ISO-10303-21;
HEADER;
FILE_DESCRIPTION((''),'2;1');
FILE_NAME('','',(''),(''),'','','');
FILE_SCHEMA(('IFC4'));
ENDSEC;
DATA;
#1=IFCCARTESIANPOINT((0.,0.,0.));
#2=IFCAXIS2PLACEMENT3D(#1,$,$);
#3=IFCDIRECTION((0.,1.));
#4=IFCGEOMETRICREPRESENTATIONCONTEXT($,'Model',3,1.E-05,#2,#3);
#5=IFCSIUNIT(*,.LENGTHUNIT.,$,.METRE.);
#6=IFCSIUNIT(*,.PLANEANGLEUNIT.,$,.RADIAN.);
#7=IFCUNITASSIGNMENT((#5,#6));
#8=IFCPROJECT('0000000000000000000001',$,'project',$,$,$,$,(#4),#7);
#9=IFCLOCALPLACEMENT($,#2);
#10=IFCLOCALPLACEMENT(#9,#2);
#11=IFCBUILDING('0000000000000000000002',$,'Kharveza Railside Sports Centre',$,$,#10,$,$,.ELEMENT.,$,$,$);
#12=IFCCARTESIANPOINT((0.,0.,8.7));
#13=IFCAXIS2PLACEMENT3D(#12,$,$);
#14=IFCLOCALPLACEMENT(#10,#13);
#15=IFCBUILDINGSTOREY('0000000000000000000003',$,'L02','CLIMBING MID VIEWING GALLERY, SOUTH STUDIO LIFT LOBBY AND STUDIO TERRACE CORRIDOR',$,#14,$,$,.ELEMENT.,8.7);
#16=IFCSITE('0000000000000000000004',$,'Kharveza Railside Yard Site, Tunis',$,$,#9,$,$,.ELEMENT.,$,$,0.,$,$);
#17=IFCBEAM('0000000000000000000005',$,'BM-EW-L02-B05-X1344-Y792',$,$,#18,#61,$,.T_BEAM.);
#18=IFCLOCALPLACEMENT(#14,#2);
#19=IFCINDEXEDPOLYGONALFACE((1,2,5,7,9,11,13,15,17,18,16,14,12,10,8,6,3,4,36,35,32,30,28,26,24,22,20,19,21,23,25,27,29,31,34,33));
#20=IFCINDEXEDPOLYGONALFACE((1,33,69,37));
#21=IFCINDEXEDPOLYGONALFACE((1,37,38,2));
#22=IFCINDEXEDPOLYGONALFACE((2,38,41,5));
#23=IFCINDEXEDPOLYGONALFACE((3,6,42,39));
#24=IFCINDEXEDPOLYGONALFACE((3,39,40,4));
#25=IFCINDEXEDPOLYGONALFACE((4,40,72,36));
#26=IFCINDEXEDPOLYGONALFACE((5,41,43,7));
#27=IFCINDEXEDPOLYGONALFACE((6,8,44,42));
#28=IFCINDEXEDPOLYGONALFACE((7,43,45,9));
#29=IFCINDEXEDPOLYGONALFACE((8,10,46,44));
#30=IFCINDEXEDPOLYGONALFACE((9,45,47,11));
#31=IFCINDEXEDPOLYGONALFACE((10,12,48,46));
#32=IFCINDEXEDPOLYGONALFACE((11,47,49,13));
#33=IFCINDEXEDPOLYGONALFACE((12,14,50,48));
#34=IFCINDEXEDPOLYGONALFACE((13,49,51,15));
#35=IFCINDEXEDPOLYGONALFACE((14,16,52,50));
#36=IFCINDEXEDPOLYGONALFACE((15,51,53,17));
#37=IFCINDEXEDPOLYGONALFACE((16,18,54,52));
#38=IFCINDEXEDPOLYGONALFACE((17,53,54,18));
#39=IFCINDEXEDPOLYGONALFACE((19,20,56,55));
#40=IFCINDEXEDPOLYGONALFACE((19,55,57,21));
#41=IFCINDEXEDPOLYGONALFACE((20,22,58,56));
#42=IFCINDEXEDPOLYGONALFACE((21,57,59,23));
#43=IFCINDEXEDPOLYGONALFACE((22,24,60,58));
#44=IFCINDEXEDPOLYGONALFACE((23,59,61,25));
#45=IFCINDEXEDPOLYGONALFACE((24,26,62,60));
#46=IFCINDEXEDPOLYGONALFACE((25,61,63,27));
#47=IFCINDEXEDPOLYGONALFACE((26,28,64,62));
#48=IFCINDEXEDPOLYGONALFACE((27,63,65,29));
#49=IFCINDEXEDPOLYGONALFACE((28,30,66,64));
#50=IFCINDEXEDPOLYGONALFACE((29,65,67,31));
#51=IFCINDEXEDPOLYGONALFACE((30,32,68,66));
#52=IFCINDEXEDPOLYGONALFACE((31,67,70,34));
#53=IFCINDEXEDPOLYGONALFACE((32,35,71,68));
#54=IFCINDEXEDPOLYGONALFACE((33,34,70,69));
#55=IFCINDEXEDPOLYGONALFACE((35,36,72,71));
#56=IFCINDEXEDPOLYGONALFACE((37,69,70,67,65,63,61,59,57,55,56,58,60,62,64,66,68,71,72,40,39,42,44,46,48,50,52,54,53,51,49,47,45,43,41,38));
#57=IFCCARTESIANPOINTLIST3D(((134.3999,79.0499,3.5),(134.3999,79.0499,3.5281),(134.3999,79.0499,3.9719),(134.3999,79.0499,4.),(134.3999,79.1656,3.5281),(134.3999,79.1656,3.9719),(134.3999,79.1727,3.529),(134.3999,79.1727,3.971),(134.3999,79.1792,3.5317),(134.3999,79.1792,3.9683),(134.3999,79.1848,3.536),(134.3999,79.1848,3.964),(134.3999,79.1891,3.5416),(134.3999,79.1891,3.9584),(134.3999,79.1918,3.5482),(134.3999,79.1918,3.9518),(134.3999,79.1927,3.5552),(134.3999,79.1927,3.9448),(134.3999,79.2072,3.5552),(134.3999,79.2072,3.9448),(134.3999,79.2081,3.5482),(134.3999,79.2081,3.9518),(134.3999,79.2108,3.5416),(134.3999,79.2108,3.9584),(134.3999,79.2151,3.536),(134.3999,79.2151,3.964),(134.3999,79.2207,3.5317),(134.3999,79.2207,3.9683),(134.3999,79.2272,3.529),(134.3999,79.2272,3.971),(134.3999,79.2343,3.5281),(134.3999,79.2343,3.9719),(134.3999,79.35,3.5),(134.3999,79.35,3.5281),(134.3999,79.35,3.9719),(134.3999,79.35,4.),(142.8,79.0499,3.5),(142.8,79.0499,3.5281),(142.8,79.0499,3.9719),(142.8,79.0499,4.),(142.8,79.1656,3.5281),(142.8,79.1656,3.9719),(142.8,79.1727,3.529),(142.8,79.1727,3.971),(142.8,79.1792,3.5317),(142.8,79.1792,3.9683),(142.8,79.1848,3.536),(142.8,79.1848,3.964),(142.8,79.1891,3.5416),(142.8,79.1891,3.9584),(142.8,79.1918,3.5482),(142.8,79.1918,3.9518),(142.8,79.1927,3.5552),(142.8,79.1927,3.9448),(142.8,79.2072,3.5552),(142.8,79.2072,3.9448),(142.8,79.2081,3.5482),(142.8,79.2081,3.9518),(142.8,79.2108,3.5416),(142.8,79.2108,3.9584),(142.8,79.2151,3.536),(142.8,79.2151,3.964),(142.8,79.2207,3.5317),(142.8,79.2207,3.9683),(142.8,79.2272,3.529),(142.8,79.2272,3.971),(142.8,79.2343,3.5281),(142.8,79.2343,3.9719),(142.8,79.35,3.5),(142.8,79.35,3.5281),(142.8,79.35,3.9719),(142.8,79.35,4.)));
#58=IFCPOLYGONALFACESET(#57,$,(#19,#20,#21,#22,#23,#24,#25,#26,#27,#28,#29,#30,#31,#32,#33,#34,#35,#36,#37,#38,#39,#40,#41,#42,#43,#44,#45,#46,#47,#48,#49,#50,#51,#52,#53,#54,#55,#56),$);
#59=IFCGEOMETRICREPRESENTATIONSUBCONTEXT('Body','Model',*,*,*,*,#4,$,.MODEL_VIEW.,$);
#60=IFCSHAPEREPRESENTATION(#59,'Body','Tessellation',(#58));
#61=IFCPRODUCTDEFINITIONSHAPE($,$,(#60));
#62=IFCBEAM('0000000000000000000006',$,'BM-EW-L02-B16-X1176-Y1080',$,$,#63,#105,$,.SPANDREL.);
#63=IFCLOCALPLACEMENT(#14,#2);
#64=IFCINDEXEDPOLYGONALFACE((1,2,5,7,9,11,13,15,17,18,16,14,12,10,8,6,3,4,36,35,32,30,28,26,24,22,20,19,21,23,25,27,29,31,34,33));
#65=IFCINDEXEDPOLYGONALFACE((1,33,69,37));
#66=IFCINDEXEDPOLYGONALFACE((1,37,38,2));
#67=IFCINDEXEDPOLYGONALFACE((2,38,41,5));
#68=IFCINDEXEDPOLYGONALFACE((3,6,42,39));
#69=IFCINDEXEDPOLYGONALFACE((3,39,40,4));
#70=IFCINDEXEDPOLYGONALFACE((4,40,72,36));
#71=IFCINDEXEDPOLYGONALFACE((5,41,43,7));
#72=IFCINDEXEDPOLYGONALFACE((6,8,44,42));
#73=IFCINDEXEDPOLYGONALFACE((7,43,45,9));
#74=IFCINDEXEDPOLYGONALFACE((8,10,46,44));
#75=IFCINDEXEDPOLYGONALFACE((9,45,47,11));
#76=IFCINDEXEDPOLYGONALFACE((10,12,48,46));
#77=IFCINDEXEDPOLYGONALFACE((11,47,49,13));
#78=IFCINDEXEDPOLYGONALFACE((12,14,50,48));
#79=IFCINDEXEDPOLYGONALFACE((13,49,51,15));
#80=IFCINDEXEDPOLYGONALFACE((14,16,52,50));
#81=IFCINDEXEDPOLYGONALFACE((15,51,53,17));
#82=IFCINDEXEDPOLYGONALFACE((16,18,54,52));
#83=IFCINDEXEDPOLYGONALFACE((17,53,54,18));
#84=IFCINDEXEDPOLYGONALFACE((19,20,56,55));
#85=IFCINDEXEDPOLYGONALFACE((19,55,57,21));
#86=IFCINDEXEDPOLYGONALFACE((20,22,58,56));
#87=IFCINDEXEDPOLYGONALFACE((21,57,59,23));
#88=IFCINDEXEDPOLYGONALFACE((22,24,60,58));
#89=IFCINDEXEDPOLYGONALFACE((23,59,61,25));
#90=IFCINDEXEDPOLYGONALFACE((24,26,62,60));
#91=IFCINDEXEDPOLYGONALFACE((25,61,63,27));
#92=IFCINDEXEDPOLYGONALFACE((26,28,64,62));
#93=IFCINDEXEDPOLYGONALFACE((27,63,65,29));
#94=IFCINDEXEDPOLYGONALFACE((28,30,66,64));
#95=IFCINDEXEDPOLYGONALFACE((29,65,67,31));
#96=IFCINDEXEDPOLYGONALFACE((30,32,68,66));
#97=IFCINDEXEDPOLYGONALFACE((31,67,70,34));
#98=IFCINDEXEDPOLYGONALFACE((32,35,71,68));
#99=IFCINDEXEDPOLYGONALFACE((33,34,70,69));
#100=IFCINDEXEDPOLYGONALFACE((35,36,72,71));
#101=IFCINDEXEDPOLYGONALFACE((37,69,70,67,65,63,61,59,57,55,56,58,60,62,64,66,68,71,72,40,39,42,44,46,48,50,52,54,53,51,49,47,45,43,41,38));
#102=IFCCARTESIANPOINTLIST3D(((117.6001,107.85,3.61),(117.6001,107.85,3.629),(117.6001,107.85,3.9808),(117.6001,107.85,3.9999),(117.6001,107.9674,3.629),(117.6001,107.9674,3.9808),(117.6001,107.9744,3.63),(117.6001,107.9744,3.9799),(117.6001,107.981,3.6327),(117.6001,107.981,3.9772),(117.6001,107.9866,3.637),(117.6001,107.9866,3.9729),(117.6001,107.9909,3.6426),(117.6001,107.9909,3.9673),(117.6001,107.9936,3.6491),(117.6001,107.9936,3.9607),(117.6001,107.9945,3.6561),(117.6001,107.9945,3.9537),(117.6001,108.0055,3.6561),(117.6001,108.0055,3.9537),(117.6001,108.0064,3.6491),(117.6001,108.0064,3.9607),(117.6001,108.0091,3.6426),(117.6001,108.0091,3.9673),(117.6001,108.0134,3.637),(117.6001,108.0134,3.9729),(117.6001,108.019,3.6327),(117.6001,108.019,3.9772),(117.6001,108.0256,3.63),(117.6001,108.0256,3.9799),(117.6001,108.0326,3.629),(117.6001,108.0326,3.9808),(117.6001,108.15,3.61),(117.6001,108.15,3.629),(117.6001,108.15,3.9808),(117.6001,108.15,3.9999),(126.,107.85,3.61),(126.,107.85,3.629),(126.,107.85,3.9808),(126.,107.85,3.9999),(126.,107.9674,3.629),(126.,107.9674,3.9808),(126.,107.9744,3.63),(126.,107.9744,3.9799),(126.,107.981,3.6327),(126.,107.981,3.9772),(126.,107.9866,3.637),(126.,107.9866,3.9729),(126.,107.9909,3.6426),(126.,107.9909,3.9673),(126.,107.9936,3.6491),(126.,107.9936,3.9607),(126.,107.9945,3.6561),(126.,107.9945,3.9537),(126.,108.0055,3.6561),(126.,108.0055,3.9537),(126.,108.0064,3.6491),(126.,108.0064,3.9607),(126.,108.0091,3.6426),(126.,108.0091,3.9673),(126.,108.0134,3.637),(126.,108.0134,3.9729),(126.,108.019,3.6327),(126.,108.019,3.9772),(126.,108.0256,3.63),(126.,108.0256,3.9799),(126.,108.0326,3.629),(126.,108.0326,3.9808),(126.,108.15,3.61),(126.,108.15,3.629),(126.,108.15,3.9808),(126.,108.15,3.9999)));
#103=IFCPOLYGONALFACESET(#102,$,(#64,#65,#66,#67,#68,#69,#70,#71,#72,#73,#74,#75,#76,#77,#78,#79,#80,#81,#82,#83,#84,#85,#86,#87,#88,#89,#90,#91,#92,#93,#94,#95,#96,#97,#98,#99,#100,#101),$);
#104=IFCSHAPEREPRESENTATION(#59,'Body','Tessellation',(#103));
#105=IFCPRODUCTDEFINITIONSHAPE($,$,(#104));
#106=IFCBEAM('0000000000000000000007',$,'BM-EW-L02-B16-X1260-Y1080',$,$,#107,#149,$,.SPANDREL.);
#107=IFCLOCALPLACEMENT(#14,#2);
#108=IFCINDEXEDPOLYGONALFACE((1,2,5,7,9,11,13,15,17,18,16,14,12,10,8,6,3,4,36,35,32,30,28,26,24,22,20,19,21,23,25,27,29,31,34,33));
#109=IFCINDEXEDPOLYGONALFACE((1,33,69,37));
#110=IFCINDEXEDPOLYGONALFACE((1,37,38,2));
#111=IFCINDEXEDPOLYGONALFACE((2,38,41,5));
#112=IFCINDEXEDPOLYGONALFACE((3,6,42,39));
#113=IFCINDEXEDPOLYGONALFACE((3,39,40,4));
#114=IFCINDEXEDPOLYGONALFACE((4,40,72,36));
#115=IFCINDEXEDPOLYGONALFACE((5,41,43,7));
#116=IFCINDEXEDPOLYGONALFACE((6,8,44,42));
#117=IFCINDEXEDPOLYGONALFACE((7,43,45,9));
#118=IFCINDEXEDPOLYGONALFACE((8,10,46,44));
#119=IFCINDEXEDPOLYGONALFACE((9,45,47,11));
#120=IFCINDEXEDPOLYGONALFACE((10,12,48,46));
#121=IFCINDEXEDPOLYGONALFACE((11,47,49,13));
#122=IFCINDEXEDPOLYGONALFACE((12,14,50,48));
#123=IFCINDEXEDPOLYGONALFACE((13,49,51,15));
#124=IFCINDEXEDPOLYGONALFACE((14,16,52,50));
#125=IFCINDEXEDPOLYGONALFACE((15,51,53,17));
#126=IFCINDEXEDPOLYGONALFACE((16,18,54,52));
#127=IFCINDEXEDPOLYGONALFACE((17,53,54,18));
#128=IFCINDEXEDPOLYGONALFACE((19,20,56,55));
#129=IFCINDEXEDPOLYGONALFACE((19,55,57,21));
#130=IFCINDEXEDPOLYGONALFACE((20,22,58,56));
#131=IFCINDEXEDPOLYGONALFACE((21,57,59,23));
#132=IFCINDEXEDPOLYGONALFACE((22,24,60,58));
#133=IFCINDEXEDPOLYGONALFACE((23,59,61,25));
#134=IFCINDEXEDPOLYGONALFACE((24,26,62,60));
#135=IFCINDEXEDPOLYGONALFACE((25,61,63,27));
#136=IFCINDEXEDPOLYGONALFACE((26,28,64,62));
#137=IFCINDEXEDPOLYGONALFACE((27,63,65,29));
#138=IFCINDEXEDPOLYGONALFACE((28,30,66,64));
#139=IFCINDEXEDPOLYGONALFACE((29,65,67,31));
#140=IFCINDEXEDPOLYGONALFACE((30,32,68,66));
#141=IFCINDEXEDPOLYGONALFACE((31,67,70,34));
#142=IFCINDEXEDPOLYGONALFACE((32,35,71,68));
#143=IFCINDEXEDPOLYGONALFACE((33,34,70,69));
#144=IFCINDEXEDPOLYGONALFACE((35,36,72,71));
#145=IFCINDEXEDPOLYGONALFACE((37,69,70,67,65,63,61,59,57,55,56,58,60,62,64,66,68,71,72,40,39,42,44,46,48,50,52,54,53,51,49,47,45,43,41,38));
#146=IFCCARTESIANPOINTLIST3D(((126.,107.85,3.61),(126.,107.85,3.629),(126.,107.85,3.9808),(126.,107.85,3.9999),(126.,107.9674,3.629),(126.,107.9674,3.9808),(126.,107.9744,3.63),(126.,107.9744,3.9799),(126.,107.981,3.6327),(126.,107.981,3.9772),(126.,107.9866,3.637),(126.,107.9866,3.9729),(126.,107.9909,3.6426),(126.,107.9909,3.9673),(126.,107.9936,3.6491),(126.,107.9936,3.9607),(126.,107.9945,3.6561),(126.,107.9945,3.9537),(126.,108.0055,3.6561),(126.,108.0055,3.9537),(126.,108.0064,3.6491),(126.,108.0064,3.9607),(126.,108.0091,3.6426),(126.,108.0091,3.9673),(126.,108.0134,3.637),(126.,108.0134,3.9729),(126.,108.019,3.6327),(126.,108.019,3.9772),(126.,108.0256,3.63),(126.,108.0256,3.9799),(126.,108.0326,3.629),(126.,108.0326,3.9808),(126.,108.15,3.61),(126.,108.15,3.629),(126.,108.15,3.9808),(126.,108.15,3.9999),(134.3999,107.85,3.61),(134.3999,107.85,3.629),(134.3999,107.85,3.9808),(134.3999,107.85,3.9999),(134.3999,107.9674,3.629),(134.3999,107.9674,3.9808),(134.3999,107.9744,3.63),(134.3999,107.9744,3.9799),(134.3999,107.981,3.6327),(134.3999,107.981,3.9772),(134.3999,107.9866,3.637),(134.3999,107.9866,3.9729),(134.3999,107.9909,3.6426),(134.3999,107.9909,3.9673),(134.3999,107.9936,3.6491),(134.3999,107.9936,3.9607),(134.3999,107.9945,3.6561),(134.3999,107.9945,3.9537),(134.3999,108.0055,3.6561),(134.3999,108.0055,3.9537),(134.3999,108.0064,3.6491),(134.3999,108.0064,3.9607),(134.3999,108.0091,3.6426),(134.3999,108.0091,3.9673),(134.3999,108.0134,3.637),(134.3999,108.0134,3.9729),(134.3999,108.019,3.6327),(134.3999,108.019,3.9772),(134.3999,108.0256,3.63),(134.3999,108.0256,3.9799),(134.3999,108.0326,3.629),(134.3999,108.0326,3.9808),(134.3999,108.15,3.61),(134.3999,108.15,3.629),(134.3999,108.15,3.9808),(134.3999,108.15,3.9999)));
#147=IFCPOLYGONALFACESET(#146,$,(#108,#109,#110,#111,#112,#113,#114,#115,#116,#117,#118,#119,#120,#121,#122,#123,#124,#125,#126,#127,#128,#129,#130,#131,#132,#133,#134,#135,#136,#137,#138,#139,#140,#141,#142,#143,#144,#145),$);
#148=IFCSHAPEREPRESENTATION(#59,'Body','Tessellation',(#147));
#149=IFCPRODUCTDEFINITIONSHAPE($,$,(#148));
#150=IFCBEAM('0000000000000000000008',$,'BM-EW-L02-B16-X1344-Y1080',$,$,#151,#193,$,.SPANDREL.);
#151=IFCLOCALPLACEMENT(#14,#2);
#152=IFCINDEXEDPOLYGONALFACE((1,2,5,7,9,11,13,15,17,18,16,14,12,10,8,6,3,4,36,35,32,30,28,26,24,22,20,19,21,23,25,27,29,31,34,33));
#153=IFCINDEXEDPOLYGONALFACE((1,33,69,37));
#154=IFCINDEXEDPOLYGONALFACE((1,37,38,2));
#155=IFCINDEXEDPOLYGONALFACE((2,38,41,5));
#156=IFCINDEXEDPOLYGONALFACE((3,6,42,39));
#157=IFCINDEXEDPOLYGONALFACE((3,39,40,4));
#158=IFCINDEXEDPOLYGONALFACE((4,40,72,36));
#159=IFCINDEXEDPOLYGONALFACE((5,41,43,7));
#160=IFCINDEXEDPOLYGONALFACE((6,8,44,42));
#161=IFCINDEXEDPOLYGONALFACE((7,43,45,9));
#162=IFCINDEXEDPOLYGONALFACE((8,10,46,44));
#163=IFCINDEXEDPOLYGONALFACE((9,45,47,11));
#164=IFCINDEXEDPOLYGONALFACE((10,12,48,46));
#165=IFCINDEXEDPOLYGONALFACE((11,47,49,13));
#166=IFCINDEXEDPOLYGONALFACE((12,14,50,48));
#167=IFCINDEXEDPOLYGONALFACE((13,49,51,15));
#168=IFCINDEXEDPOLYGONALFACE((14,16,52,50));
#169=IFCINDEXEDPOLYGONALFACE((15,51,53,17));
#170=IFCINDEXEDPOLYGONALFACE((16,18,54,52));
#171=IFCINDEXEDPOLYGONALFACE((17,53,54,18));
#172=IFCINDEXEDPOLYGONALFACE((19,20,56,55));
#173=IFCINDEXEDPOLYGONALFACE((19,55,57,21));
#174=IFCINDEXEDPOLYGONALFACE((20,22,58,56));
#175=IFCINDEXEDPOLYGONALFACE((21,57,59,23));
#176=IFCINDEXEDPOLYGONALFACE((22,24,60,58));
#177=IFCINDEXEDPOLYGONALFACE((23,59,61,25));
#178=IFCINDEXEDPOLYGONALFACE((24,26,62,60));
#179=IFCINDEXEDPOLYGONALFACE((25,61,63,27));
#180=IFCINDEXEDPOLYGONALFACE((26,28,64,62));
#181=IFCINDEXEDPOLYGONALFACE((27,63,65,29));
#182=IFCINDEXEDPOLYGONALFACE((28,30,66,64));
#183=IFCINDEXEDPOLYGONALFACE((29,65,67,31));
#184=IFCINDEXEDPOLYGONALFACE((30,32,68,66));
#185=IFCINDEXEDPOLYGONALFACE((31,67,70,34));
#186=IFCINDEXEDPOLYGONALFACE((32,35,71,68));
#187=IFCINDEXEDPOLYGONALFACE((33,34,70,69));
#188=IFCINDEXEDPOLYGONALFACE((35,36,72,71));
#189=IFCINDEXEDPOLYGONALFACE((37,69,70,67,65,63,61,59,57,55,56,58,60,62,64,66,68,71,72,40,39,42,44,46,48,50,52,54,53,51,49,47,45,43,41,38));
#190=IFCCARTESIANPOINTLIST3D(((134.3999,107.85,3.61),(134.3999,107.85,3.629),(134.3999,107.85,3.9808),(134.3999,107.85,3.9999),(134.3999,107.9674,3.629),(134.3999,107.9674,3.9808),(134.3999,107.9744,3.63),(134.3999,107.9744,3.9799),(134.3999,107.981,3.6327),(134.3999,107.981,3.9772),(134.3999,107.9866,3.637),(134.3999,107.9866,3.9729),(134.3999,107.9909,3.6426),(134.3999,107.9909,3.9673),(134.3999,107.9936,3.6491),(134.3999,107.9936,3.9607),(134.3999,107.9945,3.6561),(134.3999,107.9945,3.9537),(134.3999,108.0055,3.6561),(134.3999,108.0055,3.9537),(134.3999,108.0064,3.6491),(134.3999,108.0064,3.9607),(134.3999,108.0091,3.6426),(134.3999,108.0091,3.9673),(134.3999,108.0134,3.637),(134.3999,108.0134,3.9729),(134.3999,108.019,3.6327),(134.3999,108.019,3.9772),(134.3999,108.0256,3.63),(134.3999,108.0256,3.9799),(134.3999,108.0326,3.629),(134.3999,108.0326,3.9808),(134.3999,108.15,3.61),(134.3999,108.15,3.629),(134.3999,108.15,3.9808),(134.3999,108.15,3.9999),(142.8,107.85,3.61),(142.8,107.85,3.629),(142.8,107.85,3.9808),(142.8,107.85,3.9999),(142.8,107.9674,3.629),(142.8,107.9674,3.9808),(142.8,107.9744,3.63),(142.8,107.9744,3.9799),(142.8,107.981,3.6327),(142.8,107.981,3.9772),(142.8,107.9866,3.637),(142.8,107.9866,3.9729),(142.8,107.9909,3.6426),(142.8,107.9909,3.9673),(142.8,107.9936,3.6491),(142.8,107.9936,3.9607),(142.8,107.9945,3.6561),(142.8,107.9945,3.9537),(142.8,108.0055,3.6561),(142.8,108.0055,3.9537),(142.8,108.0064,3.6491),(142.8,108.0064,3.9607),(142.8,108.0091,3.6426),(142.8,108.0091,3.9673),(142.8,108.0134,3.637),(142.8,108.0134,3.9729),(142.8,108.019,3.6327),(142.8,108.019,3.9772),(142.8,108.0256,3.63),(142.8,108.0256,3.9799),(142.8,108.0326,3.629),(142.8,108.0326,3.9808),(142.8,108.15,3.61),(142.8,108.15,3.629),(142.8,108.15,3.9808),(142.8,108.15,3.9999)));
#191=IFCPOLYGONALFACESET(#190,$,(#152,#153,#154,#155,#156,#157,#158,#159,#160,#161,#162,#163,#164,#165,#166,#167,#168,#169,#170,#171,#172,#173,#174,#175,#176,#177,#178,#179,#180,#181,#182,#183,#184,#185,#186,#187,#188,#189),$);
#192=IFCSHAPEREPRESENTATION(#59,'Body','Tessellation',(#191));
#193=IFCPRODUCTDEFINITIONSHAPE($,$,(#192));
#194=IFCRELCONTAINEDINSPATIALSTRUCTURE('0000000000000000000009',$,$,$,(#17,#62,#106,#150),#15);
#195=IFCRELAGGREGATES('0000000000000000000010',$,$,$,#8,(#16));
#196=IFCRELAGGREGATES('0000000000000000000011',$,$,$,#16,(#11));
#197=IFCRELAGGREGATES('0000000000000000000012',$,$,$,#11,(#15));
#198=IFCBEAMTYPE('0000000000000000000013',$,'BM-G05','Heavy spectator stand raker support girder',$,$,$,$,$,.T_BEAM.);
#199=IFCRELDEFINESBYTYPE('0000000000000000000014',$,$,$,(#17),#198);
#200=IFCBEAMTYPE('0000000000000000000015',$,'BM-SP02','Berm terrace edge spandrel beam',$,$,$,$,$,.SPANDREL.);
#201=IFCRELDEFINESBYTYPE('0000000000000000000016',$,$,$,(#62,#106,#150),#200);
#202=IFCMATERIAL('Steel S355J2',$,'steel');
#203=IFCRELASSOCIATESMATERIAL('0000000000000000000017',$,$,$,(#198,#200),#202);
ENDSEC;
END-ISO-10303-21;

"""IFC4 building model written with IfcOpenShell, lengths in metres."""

from ifc_helpers import new_model, si_unit, direction, frame, origin, origin_2d, place, context, subcontext, project, spatial, i_section, extrude, material, material_profile, profile_set, type_object, element, save


model = new_model("IFC4")

# Units and contexts
model_context = context("Model", 3, precision=1e-05, world=origin(), true_north=direction((0.0, 1.0)))
body_context = subcontext(model_context, "Body", "Model", "MODEL_VIEW")
ifc_project = project(units=[si_unit("LENGTHUNIT", "METRE"), si_unit("PLANEANGLEUNIT", "RADIAN")], contexts=[model_context])

# Site, building, storey
site_placement = place(None, origin())
site = spatial("IfcSite", under=ifc_project, at=site_placement, Name="Kharveza Railside Yard Site, Tunis", CompositionType="ELEMENT", RefElevation=0.0)
building_placement = place(site_placement, origin())
building = spatial("IfcBuilding", under=site, at=building_placement, Name="Kharveza Railside Sports Centre", CompositionType="ELEMENT")
storey_placement = place(building_placement, frame((0.0, 0.0, 8.7)))
storey = spatial("IfcBuildingStorey", under=building, at=storey_placement, Name="L02", Description="CLIMBING MID VIEWING GALLERY, SOUTH STUDIO LIFT LOBBY AND STUDIO TERRACE CORRIDOR", CompositionType="ELEMENT", Elevation=8.7)

# Shared definitions
ifc_material_1 = material(Name="Steel S355J2", Category="steel")

# Beams
ifc_material_profile_1 = material_profile(ifc_material_1, i_section(OverallWidth=0.3, OverallDepth=0.5, WebThickness=0.0144, FlangeThickness=0.0281, FilletRadius=0.0271, at=origin_2d()), Name="HEB 500")
ifc_profile_set_1 = profile_set([ifc_material_profile_1], Name="Steel S355J2")
beam_type_1 = type_object("IfcBeamType", Name="BM-G05", Description="Heavy spectator stand raker support girder", PredefinedType="T_BEAM", material=ifc_profile_set_1)
beam_1_placement = place(storey_placement, frame((134.3999, 79.2, 3.75), z_axis=(1.0, 0.0, 0.0), x_axis=(0.0, 1.0, 0.0)))
element("IfcBeam", 1, at=beam_1_placement, inside=storey, type_object=beam_type_1, Name="BM-EW-L02-B05-X1344-Y792", PredefinedType="T_BEAM", context=body_context, shape_type="SweptSolid", body=[
    extrude(i_section(OverallWidth=0.3, OverallDepth=0.5, WebThickness=0.0144, FlangeThickness=0.0281, FilletRadius=0.0271, at=origin_2d()), origin(), (0.0, 0.0, 1.0), 8.4001),
])
ifc_material_profile_2 = material_profile(ifc_material_1, i_section(OverallWidth=0.3, OverallDepth=0.3899, WebThickness=0.011, FlangeThickness=0.019, FilletRadius=0.0271, at=origin_2d()), Name="HEA 400")
ifc_profile_set_2 = profile_set([ifc_material_profile_2], Name="Steel S355J2")
beam_type_2 = type_object("IfcBeamType", Name="BM-SP02", Description="Berm terrace edge spandrel beam", PredefinedType="SPANDREL", material=ifc_profile_set_2)
for number, where, z_axis, x_axis, name in (
    (2, (117.6001, 108.0, 3.8049), (1.0, 0.0, 0.0), (0.0, 1.0, 0.0), "BM-EW-L02-B16-X1176-Y1080"),
    (3, (126.0, 108.0, 3.8049), (1.0, 0.0, 0.0), (0.0, 1.0, 0.0), "BM-EW-L02-B16-X1260-Y1080"),
):
    element("IfcBeam", number, at=place(storey_placement, frame(where, z_axis=z_axis, x_axis=x_axis)), inside=storey, type_object=beam_type_2, Name=name, PredefinedType="SPANDREL", context=body_context, shape_type="SweptSolid", body=[
        extrude(i_section(OverallWidth=0.3, OverallDepth=0.3899, WebThickness=0.011, FlangeThickness=0.019, FilletRadius=0.0271, at=origin_2d()), origin(), (0.0, 0.0, 1.0), 8.3999),
    ])
beam_2_placement = place(storey_placement, frame((134.3999, 108.0, 3.8049), z_axis=(1.0, 0.0, 0.0), x_axis=(0.0, 1.0, 0.0)))
element("IfcBeam", 4, at=beam_2_placement, inside=storey, type_object=beam_type_2, Name="BM-EW-L02-B16-X1344-Y1080", PredefinedType="SPANDREL", context=body_context, shape_type="SweptSolid", body=[
    extrude(i_section(OverallWidth=0.3, OverallDepth=0.3899, WebThickness=0.011, FlangeThickness=0.019, FilletRadius=0.0271, at=origin_2d()), origin(), (0.0, 0.0, 1.0), 8.4001),
])

save(model, "model.ifc")
